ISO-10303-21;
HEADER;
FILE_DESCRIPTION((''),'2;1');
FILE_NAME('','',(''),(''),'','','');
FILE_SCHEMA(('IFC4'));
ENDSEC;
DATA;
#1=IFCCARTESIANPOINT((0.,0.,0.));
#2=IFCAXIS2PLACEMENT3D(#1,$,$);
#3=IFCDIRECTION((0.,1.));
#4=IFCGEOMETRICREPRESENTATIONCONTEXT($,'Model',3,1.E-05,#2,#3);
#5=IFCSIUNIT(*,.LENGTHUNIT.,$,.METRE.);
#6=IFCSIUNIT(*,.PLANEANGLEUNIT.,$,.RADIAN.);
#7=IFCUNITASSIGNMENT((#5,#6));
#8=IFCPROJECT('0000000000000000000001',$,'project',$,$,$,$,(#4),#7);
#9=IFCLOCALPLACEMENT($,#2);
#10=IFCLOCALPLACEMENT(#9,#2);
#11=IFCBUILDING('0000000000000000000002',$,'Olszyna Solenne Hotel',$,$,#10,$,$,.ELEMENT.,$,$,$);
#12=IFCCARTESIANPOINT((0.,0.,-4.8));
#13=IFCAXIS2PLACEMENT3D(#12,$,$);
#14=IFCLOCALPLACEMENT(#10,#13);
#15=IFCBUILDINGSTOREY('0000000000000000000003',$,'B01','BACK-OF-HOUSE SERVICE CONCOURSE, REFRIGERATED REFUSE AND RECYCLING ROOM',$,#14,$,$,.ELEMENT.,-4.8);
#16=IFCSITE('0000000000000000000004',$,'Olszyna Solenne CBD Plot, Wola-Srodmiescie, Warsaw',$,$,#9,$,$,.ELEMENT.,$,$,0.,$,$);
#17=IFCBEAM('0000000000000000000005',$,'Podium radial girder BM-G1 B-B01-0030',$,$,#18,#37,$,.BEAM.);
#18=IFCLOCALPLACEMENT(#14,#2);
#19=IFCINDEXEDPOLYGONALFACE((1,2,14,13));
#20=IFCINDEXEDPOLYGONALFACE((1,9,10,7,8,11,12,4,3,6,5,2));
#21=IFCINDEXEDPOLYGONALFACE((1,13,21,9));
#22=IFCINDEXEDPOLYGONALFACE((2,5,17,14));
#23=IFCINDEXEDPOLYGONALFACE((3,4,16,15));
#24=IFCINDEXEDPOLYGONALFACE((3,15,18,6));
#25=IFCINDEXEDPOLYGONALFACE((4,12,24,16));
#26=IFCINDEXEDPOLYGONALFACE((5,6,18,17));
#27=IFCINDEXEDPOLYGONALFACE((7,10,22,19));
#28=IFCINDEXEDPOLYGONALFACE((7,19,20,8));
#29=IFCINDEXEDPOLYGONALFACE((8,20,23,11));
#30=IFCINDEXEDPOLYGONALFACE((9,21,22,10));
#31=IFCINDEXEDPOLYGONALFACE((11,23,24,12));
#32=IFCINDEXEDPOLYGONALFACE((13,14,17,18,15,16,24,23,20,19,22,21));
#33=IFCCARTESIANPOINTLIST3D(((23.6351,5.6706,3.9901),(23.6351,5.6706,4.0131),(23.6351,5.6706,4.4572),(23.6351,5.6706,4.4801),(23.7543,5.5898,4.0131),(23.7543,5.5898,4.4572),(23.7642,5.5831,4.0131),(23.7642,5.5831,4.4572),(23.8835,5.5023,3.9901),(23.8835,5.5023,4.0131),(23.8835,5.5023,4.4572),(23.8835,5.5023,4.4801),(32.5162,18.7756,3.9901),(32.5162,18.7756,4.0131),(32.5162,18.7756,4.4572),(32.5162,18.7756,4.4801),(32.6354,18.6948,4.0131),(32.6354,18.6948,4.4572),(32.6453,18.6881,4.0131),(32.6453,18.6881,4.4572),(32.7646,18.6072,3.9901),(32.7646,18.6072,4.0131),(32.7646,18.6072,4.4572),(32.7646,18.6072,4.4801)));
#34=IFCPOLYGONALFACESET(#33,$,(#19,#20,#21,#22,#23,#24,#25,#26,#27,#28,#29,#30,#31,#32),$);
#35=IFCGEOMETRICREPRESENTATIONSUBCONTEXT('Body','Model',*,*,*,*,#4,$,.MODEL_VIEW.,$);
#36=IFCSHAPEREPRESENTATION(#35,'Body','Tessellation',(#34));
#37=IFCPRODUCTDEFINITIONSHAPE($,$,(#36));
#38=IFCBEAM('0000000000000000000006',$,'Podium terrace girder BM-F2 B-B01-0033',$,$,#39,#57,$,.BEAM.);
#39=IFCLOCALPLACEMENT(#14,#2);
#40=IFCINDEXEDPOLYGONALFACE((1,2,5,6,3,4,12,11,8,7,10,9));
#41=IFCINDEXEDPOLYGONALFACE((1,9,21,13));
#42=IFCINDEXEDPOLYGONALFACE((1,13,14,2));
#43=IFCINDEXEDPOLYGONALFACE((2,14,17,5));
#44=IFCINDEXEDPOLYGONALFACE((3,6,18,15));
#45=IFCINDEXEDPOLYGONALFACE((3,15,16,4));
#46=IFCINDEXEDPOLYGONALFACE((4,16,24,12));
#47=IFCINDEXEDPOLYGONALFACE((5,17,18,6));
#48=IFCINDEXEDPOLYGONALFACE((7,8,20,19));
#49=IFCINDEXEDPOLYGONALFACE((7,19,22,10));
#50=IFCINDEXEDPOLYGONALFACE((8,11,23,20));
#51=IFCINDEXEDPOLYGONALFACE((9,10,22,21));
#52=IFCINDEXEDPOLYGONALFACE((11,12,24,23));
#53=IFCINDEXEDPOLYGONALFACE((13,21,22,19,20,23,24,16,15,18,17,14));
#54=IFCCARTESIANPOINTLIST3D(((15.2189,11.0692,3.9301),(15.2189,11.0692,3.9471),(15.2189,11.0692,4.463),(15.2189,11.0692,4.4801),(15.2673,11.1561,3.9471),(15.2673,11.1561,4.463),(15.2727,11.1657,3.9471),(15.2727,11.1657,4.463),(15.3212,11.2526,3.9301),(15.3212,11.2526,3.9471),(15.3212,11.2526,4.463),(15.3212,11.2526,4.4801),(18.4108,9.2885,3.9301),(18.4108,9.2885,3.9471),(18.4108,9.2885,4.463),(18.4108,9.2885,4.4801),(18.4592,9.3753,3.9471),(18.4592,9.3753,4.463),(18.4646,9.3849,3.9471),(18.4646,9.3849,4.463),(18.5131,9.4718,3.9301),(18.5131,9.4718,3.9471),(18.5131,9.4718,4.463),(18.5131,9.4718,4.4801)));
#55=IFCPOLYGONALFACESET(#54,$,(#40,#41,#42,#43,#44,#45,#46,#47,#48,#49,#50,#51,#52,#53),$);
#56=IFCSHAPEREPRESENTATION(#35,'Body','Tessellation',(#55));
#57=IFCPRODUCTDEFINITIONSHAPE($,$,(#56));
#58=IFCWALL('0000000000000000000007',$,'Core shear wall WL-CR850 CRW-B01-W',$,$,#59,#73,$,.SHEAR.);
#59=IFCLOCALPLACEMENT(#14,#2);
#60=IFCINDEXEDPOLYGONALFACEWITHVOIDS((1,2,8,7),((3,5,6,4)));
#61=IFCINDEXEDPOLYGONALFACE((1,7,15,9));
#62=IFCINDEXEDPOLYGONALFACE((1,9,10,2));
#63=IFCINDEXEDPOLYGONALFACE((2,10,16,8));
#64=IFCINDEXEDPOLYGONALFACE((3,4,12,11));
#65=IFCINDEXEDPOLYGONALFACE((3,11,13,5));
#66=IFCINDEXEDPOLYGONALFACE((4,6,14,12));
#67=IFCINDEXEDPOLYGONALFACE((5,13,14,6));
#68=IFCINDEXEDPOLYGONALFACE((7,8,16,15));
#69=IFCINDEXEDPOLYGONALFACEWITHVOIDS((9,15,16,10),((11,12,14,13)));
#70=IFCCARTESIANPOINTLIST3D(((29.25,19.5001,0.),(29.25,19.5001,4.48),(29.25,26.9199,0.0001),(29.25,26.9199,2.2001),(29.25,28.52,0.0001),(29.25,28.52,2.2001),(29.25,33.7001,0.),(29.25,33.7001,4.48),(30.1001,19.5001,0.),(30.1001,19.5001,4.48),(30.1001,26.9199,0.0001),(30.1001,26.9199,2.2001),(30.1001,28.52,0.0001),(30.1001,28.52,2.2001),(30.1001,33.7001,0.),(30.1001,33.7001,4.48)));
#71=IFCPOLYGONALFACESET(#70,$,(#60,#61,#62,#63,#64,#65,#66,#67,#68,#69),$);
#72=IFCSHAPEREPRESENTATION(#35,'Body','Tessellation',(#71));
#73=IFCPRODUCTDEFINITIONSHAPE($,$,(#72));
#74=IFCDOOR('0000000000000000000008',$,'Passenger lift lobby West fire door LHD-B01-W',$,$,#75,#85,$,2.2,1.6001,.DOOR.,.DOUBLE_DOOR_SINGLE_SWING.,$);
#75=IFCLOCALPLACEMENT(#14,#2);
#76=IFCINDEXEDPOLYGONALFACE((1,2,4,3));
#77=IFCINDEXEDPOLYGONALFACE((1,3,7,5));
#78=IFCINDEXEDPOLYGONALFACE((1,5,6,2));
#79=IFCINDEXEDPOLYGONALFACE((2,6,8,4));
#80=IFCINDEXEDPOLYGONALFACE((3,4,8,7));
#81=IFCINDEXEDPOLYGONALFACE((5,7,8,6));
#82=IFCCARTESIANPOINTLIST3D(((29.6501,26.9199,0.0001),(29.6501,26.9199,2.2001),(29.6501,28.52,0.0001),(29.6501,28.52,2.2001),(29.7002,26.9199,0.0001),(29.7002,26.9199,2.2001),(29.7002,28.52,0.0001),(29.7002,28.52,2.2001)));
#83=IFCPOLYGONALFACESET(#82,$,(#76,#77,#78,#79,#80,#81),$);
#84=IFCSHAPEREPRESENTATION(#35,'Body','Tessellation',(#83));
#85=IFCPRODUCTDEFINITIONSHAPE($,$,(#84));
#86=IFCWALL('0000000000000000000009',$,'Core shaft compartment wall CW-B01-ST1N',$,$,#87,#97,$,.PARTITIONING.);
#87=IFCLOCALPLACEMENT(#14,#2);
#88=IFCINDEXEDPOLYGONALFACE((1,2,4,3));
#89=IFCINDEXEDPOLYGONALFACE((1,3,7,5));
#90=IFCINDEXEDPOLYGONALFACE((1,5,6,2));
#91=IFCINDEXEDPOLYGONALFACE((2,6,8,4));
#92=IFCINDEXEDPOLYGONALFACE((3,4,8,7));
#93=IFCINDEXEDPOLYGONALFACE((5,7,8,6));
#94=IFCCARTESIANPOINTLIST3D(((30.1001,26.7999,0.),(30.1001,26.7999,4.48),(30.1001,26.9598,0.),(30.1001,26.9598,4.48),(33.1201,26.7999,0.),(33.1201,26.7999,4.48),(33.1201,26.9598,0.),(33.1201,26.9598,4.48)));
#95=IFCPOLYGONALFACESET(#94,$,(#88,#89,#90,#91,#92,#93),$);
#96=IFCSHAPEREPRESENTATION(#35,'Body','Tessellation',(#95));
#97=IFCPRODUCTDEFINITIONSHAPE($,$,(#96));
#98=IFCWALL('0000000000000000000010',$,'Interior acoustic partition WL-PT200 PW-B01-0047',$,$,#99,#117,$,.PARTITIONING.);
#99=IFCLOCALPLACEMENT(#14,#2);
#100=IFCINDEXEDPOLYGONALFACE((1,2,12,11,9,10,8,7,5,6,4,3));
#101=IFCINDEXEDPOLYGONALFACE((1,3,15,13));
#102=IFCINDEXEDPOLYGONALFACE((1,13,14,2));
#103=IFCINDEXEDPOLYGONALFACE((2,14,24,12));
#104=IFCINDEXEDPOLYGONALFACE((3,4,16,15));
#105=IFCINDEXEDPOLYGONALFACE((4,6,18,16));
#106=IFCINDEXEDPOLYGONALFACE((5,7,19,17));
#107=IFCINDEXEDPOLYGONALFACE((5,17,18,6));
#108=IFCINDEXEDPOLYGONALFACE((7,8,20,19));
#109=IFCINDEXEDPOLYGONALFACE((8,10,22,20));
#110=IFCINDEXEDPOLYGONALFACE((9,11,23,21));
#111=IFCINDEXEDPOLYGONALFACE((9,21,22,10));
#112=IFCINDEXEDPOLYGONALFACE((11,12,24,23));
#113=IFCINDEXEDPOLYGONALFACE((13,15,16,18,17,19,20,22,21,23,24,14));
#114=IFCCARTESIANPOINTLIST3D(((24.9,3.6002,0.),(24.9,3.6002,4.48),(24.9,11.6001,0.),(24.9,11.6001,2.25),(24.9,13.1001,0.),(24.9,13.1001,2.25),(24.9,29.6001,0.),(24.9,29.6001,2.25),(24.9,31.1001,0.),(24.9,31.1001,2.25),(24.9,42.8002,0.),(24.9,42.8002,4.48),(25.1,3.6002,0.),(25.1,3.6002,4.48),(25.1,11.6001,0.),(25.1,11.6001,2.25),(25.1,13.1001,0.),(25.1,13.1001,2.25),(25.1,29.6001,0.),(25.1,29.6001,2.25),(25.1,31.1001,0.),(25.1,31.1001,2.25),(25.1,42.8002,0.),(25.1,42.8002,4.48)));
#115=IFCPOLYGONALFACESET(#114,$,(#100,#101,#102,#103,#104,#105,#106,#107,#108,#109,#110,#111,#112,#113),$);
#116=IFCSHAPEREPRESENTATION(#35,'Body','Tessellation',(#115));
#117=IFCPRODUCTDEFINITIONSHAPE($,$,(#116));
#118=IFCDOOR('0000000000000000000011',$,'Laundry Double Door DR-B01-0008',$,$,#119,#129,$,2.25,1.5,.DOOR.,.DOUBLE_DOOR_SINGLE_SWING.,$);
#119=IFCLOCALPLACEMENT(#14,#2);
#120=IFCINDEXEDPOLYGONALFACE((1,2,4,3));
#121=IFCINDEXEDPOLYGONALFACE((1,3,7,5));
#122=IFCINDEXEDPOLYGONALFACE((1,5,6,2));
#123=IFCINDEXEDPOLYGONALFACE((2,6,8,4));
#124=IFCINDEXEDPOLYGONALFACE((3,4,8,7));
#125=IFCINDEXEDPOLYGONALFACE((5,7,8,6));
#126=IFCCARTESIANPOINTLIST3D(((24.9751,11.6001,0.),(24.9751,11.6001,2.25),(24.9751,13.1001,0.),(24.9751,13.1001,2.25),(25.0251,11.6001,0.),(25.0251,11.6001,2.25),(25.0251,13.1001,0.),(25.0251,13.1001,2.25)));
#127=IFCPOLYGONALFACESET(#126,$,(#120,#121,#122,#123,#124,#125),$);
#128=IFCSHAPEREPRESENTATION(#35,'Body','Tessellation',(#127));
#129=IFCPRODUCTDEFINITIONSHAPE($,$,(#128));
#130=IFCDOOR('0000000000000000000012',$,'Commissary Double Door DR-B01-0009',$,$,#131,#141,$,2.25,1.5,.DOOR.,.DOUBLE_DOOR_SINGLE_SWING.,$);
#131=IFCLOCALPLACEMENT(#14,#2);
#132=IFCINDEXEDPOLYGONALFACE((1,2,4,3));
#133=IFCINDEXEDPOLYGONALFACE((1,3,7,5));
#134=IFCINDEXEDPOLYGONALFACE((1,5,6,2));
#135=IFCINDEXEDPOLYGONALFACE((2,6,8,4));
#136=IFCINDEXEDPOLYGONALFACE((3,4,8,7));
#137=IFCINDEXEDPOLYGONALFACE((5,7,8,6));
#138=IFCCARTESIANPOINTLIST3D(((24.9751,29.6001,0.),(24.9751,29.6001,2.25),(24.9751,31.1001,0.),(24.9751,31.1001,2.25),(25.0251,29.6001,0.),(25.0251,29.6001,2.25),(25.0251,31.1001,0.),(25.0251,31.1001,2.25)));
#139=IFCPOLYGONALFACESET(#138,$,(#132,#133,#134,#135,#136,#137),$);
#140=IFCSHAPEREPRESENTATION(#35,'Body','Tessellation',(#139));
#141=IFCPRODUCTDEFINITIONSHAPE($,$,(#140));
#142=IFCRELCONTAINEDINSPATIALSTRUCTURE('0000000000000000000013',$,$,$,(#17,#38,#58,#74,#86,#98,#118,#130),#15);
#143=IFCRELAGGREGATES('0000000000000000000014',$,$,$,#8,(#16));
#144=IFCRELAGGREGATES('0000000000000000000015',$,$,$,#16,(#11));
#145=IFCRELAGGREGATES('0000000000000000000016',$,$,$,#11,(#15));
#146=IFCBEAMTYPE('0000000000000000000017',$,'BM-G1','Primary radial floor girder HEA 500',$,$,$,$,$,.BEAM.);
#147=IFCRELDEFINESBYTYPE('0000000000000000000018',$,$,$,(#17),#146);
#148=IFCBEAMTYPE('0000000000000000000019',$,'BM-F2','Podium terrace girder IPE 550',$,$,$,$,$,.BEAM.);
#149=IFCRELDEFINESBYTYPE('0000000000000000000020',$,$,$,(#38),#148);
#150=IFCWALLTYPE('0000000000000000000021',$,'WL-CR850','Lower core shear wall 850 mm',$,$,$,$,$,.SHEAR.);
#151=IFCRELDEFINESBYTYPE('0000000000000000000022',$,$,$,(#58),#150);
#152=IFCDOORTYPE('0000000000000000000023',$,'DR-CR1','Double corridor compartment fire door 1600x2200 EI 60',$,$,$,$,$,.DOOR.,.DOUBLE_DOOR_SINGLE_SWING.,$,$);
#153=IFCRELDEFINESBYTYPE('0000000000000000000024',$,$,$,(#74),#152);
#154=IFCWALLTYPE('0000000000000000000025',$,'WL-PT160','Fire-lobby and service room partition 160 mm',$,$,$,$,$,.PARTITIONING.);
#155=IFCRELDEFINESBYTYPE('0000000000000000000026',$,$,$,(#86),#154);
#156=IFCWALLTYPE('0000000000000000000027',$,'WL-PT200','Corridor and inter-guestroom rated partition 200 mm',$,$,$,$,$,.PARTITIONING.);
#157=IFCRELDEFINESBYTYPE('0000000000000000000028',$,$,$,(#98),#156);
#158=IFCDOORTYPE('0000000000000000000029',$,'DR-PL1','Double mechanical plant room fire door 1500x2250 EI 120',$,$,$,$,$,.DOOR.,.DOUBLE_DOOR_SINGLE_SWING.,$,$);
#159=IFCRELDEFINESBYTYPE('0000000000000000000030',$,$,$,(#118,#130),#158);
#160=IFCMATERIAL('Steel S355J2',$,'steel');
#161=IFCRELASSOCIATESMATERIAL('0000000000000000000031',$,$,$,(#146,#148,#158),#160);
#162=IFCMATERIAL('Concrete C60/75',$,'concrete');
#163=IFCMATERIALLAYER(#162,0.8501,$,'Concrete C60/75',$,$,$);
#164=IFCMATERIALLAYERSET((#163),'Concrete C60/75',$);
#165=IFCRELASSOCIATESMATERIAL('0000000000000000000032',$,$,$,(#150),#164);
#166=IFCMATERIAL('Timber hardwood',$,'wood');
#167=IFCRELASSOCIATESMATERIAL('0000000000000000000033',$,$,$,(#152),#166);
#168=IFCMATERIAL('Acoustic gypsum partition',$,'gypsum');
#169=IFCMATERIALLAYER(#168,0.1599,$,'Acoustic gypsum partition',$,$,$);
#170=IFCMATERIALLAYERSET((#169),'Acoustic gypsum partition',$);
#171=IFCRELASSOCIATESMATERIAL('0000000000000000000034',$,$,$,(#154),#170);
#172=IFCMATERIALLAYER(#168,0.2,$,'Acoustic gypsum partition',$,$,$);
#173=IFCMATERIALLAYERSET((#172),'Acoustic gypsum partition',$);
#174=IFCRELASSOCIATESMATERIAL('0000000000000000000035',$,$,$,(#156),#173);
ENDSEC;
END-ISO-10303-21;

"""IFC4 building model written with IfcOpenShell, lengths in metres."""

from ifc_helpers import new_model, si_unit, direction, frame, frame_2d, origin, origin_2d, place, context, subcontext, project, spatial, rectangle, i_section, extrude, source, transform, mapped, material, layer, layer_set, material_profile, profile_set, type_object, type_shapes, element, fill, save


model = new_model("IFC4")

# Units and contexts
model_context = context("Model", 3, precision=1e-05, world=origin(), true_north=direction((0.0, 1.0)))
body_context = subcontext(model_context, "Body", "Model", "MODEL_VIEW")
ifc_project = project(units=[si_unit("LENGTHUNIT", "METRE"), si_unit("PLANEANGLEUNIT", "RADIAN")], contexts=[model_context])

# Site, building, storey
site_placement = place(None, origin())
site = spatial("IfcSite", under=ifc_project, at=site_placement, Name="Olszyna Solenne CBD Plot, Wola-Srodmiescie, Warsaw", CompositionType="ELEMENT", RefElevation=0.0)
building_placement = place(site_placement, origin())
building = spatial("IfcBuilding", under=site, at=building_placement, Name="Olszyna Solenne Hotel", CompositionType="ELEMENT")
storey_placement = place(building_placement, frame((0.0, 0.0, -4.8)))
storey = spatial("IfcBuildingStorey", under=building, at=storey_placement, Name="B01", Description="BACK-OF-HOUSE SERVICE CONCOURSE, REFRIGERATED REFUSE AND RECYCLING ROOM", CompositionType="ELEMENT", Elevation=-4.8)

# Shared definitions
ifc_material_1 = material(Name="Concrete C60/75", Category="concrete")

# Beams
ifc_material_2 = material(Name="Steel S355J2", Category="steel")
ifc_material_profile_1 = material_profile(ifc_material_2, i_section(OverallWidth=0.3, OverallDepth=0.49, WebThickness=0.012, FlangeThickness=0.0229, at=origin_2d()), Name="HEA 500", Category="load-bearing")
ifc_profile_set_1 = profile_set([ifc_material_profile_1], Name="Steel S355J2")
beam_type_1 = type_object("IfcBeamType", Name="BM-G1", Description="Primary radial floor girder HEA 500", PredefinedType="BEAM", material=ifc_profile_set_1)
shared_shape_1 = source(origin(), body_context, "Body", "SweptSolid", [
    extrude(i_section(OverallWidth=0.3, OverallDepth=0.49, WebThickness=0.012, FlangeThickness=0.0229, at=origin_2d()), origin(), (0.0, 0.0, 1.0), 15.8308),
])
beam_1_placement = place(storey_placement, frame((23.7593, 5.5864, 4.2351), z_axis=(0.561001, 0.827815, 0.0), x_axis=(-0.827815, 0.561001, 0.0)))
element("IfcBeam", 1, at=beam_1_placement, inside=storey, type_object=beam_type_1, Name="Podium radial girder BM-G1 B-B01-0030", PredefinedType="BEAM", context=body_context, shape_type="MappedRepresentation", body=[
    mapped(shared_shape_1, transform((0.0, 0.0, 0.0), x_axis=(1.0, 0.0, 0.0), y_axis=(0.0, 1.0, 0.0), z_axis=(0.0, 0.0, 1.0), scale=1.0)),
])
ifc_material_profile_2 = material_profile(ifc_material_2, i_section(OverallWidth=0.21, OverallDepth=0.55, WebThickness=0.011, FlangeThickness=0.0171, at=origin_2d()), Name="IPE 550", Category="load-bearing")
ifc_profile_set_2 = profile_set([ifc_material_profile_2], Name="Steel S355J2")
beam_type_2 = type_object("IfcBeamType", Name="BM-F2", Description="Podium terrace girder IPE 550", PredefinedType="BEAM", material=ifc_profile_set_2)
shared_shape_2 = source(origin(), body_context, "Body", "SweptSolid", [
    extrude(i_section(OverallWidth=0.21, OverallDepth=0.55, WebThickness=0.011, FlangeThickness=0.0171, at=origin_2d()), origin(), (0.0, 0.0, 1.0), 3.655),
])
beam_2_placement = place(storey_placement, frame((15.27, 11.1609, 4.2051), z_axis=(0.873286, -0.487207, 0.0), x_axis=(0.487207, 0.873286, 0.0)))
element("IfcBeam", 2, at=beam_2_placement, inside=storey, type_object=beam_type_2, Name="Podium terrace girder BM-F2 B-B01-0033", PredefinedType="BEAM", context=body_context, shape_type="MappedRepresentation", body=[
    mapped(shared_shape_2, transform((0.0, 0.0, 0.0), x_axis=(1.0, 0.0, 0.0), y_axis=(0.0, 1.0, 0.0), z_axis=(0.0, 0.0, 1.0), scale=1.0)),
])

# Wall, opening, door
ifc_layer_1 = layer(ifc_material_1, 0.8501, Name="Concrete C60/75")
ifc_layer_set_1 = layer_set([ifc_layer_1], Name="Concrete C60/75")
wall_type_1 = type_object("IfcWallType", Name="WL-CR850", Description="Lower core shear wall 850 mm", PredefinedType="SHEAR", material=ifc_layer_set_1)
wall_1_placement = place(storey_placement, frame((29.675, 19.5, 0.0), z_axis=(0.0, 0.0, 1.0), x_axis=(0.0, 1.0, 0.0)))
wall_1 = element("IfcWall", 3, at=wall_1_placement, inside=storey, type_object=wall_type_1, Name="Core shear wall WL-CR850 CRW-B01-W", PredefinedType="SHEAR", context=body_context, shape_type="SweptSolid", body=[
    extrude(rectangle(XDim=14.2, YDim=0.8501, at=frame_2d((7.1001, 0.0))), origin(), (0.0, 0.0, 1.0), 4.48),
])
opening_1_placement = place(wall_1_placement, frame((7.4199, 0.0, 0.0)))
opening_1 = element("IfcOpeningElement", 4, at=opening_1_placement, cuts=wall_1, PredefinedType="OPENING", context=body_context, shape_type="SweptSolid", body=[
    extrude(rectangle(XDim=1.6001, YDim=2.2, at=frame_2d((0.8, 1.1001))), frame((0.0, 0.4351, 0.0), z_axis=(0.0, -1.0, 0.0), x_axis=(1.0, 0.0, 0.0)), (0.0, 0.0, 1.0), 0.8701),
])
ifc_material_3 = material(Name="Timber hardwood", Category="wood")
door_type_1 = type_object("IfcDoorType", Name="DR-CR1", Description="Double corridor compartment fire door 1600x2200 EI 60", OperationType="DOUBLE_DOOR_SINGLE_SWING", PredefinedType="DOOR", material=ifc_material_3)
shared_shape_3 = source(origin(), body_context, "Body", "SweptSolid", [
    extrude(rectangle(XDim=1.6001, YDim=2.2, at=frame_2d((0.8, 1.1001))), frame((0.0, 0.0249, 0.0), z_axis=(0.0, -1.0, 0.0), x_axis=(1.0, 0.0, 0.0)), (0.0, 0.0, 1.0), 0.05),
])
type_shapes(door_type_1, [shared_shape_3])
door_1_placement = place(opening_1_placement, origin())
door_1 = element("IfcDoor", 5, at=door_1_placement, inside=storey, type_object=door_type_1, Name="Passenger lift lobby West fire door LHD-B01-W", OperationType="DOUBLE_DOOR_SINGLE_SWING", OverallHeight=2.2, OverallWidth=1.6001, PredefinedType="DOOR", context=body_context, shape_type="MappedRepresentation", body=[
    mapped(shared_shape_3, transform((0.0, 0.0, 0.0), x_axis=(1.0, 0.0, 0.0), y_axis=(0.0, 1.0, 0.0), z_axis=(0.0, 0.0, 1.0), scale=1.0)),
])
fill(opening_1, door_1)

# Wall
ifc_material_4 = material(Name="Acoustic gypsum partition", Category="gypsum")
ifc_layer_2 = layer(ifc_material_4, 0.1599, Name="Acoustic gypsum partition")
ifc_layer_set_2 = layer_set([ifc_layer_2], Name="Acoustic gypsum partition")
wall_type_2 = type_object("IfcWallType", Name="WL-PT160", Description="Fire-lobby and service room partition 160 mm", PredefinedType="PARTITIONING", material=ifc_layer_set_2)
wall_2_placement = place(storey_placement, frame((30.1001, 26.8799, 0.0), z_axis=(0.0, 0.0, 1.0), x_axis=(1.0, 0.0, 0.0)))
element("IfcWall", 6, at=wall_2_placement, inside=storey, type_object=wall_type_2, Name="Core shaft compartment wall CW-B01-ST1N", PredefinedType="PARTITIONING", context=body_context, shape_type="SweptSolid", body=[
    extrude(rectangle(XDim=3.02, YDim=0.1599, at=frame_2d((1.51, 0.0))), origin(), (0.0, 0.0, 1.0), 4.48),
])

# Wall, openings, doors
ifc_layer_3 = layer(ifc_material_4, 0.2, Name="Acoustic gypsum partition")
ifc_layer_set_3 = layer_set([ifc_layer_3], Name="Acoustic gypsum partition")
wall_type_3 = type_object("IfcWallType", Name="WL-PT200", Description="Corridor and inter-guestroom rated partition 200 mm", PredefinedType="PARTITIONING", material=ifc_layer_set_3)
wall_3_placement = place(storey_placement, frame((25.0, 3.6001, 0.0), z_axis=(0.0, 0.0, 1.0), x_axis=(0.0, 1.0, 0.0)))
wall_3 = element("IfcWall", 7, at=wall_3_placement, inside=storey, type_object=wall_type_3, Name="Interior acoustic partition WL-PT200 PW-B01-0047", PredefinedType="PARTITIONING", context=body_context, shape_type="SweptSolid", body=[
    extrude(rectangle(XDim=39.2, YDim=0.2, at=frame_2d((19.6001, 0.0))), origin(), (0.0, 0.0, 1.0), 4.48),
])
opening_2_placement = place(wall_3_placement, frame((8.0, 0.0, 0.0)))
opening_2 = element("IfcOpeningElement", 8, at=opening_2_placement, cuts=wall_3, PredefinedType="OPENING", context=body_context, shape_type="SweptSolid", body=[
    extrude(rectangle(XDim=1.5, YDim=2.25, at=frame_2d((0.75, 1.125))), frame((0.0, 0.1099, 0.0), z_axis=(0.0, -1.0, 0.0), x_axis=(1.0, 0.0, 0.0)), (0.0, 0.0, 1.0), 0.22),
])
opening_3_placement = place(wall_3_placement, frame((26.0, 0.0, 0.0)))
opening_3 = element("IfcOpeningElement", 9, at=opening_3_placement, cuts=wall_3, PredefinedType="OPENING", context=body_context, shape_type="SweptSolid", body=[
    extrude(rectangle(XDim=1.5, YDim=2.25, at=frame_2d((0.75, 1.125))), frame((0.0, 0.1099, 0.0), z_axis=(0.0, -1.0, 0.0), x_axis=(1.0, 0.0, 0.0)), (0.0, 0.0, 1.0), 0.22),
])
door_type_2 = type_object("IfcDoorType", Name="DR-PL1", Description="Double mechanical plant room fire door 1500x2250 EI 120", OperationType="DOUBLE_DOOR_SINGLE_SWING", PredefinedType="DOOR", material=ifc_material_2)
shared_shape_4 = source(origin(), body_context, "Body", "SweptSolid", [
    extrude(rectangle(XDim=1.5, YDim=2.25, at=frame_2d((0.75, 1.125))), frame((0.0, 0.0249, 0.0), z_axis=(0.0, -1.0, 0.0), x_axis=(1.0, 0.0, 0.0)), (0.0, 0.0, 1.0), 0.05),
])
type_shapes(door_type_2, [shared_shape_4])
door_2_placement = place(opening_2_placement, origin())
door_2 = element("IfcDoor", 10, at=door_2_placement, inside=storey, type_object=door_type_2, Name="Laundry Double Door DR-B01-0008", OperationType="DOUBLE_DOOR_SINGLE_SWING", OverallHeight=2.25, OverallWidth=1.5, PredefinedType="DOOR", context=body_context, shape_type="MappedRepresentation", body=[
    mapped(shared_shape_4, transform((0.0, 0.0, 0.0), x_axis=(1.0, 0.0, 0.0), y_axis=(0.0, 1.0, 0.0), z_axis=(0.0, 0.0, 1.0), scale=1.0)),
])
fill(opening_2, door_2)
door_3_placement = place(opening_3_placement, origin())
door_3 = element("IfcDoor", 11, at=door_3_placement, inside=storey, type_object=door_type_2, Name="Commissary Double Door DR-B01-0009", OperationType="DOUBLE_DOOR_SINGLE_SWING", OverallHeight=2.25, OverallWidth=1.5, PredefinedType="DOOR", context=body_context, shape_type="MappedRepresentation", body=[
    mapped(shared_shape_4, transform((0.0, 0.0, 0.0), x_axis=(1.0, 0.0, 0.0), y_axis=(0.0, 1.0, 0.0), z_axis=(0.0, 0.0, 1.0), scale=1.0)),
])
fill(opening_3, door_3)

save(model, "model.ifc")
